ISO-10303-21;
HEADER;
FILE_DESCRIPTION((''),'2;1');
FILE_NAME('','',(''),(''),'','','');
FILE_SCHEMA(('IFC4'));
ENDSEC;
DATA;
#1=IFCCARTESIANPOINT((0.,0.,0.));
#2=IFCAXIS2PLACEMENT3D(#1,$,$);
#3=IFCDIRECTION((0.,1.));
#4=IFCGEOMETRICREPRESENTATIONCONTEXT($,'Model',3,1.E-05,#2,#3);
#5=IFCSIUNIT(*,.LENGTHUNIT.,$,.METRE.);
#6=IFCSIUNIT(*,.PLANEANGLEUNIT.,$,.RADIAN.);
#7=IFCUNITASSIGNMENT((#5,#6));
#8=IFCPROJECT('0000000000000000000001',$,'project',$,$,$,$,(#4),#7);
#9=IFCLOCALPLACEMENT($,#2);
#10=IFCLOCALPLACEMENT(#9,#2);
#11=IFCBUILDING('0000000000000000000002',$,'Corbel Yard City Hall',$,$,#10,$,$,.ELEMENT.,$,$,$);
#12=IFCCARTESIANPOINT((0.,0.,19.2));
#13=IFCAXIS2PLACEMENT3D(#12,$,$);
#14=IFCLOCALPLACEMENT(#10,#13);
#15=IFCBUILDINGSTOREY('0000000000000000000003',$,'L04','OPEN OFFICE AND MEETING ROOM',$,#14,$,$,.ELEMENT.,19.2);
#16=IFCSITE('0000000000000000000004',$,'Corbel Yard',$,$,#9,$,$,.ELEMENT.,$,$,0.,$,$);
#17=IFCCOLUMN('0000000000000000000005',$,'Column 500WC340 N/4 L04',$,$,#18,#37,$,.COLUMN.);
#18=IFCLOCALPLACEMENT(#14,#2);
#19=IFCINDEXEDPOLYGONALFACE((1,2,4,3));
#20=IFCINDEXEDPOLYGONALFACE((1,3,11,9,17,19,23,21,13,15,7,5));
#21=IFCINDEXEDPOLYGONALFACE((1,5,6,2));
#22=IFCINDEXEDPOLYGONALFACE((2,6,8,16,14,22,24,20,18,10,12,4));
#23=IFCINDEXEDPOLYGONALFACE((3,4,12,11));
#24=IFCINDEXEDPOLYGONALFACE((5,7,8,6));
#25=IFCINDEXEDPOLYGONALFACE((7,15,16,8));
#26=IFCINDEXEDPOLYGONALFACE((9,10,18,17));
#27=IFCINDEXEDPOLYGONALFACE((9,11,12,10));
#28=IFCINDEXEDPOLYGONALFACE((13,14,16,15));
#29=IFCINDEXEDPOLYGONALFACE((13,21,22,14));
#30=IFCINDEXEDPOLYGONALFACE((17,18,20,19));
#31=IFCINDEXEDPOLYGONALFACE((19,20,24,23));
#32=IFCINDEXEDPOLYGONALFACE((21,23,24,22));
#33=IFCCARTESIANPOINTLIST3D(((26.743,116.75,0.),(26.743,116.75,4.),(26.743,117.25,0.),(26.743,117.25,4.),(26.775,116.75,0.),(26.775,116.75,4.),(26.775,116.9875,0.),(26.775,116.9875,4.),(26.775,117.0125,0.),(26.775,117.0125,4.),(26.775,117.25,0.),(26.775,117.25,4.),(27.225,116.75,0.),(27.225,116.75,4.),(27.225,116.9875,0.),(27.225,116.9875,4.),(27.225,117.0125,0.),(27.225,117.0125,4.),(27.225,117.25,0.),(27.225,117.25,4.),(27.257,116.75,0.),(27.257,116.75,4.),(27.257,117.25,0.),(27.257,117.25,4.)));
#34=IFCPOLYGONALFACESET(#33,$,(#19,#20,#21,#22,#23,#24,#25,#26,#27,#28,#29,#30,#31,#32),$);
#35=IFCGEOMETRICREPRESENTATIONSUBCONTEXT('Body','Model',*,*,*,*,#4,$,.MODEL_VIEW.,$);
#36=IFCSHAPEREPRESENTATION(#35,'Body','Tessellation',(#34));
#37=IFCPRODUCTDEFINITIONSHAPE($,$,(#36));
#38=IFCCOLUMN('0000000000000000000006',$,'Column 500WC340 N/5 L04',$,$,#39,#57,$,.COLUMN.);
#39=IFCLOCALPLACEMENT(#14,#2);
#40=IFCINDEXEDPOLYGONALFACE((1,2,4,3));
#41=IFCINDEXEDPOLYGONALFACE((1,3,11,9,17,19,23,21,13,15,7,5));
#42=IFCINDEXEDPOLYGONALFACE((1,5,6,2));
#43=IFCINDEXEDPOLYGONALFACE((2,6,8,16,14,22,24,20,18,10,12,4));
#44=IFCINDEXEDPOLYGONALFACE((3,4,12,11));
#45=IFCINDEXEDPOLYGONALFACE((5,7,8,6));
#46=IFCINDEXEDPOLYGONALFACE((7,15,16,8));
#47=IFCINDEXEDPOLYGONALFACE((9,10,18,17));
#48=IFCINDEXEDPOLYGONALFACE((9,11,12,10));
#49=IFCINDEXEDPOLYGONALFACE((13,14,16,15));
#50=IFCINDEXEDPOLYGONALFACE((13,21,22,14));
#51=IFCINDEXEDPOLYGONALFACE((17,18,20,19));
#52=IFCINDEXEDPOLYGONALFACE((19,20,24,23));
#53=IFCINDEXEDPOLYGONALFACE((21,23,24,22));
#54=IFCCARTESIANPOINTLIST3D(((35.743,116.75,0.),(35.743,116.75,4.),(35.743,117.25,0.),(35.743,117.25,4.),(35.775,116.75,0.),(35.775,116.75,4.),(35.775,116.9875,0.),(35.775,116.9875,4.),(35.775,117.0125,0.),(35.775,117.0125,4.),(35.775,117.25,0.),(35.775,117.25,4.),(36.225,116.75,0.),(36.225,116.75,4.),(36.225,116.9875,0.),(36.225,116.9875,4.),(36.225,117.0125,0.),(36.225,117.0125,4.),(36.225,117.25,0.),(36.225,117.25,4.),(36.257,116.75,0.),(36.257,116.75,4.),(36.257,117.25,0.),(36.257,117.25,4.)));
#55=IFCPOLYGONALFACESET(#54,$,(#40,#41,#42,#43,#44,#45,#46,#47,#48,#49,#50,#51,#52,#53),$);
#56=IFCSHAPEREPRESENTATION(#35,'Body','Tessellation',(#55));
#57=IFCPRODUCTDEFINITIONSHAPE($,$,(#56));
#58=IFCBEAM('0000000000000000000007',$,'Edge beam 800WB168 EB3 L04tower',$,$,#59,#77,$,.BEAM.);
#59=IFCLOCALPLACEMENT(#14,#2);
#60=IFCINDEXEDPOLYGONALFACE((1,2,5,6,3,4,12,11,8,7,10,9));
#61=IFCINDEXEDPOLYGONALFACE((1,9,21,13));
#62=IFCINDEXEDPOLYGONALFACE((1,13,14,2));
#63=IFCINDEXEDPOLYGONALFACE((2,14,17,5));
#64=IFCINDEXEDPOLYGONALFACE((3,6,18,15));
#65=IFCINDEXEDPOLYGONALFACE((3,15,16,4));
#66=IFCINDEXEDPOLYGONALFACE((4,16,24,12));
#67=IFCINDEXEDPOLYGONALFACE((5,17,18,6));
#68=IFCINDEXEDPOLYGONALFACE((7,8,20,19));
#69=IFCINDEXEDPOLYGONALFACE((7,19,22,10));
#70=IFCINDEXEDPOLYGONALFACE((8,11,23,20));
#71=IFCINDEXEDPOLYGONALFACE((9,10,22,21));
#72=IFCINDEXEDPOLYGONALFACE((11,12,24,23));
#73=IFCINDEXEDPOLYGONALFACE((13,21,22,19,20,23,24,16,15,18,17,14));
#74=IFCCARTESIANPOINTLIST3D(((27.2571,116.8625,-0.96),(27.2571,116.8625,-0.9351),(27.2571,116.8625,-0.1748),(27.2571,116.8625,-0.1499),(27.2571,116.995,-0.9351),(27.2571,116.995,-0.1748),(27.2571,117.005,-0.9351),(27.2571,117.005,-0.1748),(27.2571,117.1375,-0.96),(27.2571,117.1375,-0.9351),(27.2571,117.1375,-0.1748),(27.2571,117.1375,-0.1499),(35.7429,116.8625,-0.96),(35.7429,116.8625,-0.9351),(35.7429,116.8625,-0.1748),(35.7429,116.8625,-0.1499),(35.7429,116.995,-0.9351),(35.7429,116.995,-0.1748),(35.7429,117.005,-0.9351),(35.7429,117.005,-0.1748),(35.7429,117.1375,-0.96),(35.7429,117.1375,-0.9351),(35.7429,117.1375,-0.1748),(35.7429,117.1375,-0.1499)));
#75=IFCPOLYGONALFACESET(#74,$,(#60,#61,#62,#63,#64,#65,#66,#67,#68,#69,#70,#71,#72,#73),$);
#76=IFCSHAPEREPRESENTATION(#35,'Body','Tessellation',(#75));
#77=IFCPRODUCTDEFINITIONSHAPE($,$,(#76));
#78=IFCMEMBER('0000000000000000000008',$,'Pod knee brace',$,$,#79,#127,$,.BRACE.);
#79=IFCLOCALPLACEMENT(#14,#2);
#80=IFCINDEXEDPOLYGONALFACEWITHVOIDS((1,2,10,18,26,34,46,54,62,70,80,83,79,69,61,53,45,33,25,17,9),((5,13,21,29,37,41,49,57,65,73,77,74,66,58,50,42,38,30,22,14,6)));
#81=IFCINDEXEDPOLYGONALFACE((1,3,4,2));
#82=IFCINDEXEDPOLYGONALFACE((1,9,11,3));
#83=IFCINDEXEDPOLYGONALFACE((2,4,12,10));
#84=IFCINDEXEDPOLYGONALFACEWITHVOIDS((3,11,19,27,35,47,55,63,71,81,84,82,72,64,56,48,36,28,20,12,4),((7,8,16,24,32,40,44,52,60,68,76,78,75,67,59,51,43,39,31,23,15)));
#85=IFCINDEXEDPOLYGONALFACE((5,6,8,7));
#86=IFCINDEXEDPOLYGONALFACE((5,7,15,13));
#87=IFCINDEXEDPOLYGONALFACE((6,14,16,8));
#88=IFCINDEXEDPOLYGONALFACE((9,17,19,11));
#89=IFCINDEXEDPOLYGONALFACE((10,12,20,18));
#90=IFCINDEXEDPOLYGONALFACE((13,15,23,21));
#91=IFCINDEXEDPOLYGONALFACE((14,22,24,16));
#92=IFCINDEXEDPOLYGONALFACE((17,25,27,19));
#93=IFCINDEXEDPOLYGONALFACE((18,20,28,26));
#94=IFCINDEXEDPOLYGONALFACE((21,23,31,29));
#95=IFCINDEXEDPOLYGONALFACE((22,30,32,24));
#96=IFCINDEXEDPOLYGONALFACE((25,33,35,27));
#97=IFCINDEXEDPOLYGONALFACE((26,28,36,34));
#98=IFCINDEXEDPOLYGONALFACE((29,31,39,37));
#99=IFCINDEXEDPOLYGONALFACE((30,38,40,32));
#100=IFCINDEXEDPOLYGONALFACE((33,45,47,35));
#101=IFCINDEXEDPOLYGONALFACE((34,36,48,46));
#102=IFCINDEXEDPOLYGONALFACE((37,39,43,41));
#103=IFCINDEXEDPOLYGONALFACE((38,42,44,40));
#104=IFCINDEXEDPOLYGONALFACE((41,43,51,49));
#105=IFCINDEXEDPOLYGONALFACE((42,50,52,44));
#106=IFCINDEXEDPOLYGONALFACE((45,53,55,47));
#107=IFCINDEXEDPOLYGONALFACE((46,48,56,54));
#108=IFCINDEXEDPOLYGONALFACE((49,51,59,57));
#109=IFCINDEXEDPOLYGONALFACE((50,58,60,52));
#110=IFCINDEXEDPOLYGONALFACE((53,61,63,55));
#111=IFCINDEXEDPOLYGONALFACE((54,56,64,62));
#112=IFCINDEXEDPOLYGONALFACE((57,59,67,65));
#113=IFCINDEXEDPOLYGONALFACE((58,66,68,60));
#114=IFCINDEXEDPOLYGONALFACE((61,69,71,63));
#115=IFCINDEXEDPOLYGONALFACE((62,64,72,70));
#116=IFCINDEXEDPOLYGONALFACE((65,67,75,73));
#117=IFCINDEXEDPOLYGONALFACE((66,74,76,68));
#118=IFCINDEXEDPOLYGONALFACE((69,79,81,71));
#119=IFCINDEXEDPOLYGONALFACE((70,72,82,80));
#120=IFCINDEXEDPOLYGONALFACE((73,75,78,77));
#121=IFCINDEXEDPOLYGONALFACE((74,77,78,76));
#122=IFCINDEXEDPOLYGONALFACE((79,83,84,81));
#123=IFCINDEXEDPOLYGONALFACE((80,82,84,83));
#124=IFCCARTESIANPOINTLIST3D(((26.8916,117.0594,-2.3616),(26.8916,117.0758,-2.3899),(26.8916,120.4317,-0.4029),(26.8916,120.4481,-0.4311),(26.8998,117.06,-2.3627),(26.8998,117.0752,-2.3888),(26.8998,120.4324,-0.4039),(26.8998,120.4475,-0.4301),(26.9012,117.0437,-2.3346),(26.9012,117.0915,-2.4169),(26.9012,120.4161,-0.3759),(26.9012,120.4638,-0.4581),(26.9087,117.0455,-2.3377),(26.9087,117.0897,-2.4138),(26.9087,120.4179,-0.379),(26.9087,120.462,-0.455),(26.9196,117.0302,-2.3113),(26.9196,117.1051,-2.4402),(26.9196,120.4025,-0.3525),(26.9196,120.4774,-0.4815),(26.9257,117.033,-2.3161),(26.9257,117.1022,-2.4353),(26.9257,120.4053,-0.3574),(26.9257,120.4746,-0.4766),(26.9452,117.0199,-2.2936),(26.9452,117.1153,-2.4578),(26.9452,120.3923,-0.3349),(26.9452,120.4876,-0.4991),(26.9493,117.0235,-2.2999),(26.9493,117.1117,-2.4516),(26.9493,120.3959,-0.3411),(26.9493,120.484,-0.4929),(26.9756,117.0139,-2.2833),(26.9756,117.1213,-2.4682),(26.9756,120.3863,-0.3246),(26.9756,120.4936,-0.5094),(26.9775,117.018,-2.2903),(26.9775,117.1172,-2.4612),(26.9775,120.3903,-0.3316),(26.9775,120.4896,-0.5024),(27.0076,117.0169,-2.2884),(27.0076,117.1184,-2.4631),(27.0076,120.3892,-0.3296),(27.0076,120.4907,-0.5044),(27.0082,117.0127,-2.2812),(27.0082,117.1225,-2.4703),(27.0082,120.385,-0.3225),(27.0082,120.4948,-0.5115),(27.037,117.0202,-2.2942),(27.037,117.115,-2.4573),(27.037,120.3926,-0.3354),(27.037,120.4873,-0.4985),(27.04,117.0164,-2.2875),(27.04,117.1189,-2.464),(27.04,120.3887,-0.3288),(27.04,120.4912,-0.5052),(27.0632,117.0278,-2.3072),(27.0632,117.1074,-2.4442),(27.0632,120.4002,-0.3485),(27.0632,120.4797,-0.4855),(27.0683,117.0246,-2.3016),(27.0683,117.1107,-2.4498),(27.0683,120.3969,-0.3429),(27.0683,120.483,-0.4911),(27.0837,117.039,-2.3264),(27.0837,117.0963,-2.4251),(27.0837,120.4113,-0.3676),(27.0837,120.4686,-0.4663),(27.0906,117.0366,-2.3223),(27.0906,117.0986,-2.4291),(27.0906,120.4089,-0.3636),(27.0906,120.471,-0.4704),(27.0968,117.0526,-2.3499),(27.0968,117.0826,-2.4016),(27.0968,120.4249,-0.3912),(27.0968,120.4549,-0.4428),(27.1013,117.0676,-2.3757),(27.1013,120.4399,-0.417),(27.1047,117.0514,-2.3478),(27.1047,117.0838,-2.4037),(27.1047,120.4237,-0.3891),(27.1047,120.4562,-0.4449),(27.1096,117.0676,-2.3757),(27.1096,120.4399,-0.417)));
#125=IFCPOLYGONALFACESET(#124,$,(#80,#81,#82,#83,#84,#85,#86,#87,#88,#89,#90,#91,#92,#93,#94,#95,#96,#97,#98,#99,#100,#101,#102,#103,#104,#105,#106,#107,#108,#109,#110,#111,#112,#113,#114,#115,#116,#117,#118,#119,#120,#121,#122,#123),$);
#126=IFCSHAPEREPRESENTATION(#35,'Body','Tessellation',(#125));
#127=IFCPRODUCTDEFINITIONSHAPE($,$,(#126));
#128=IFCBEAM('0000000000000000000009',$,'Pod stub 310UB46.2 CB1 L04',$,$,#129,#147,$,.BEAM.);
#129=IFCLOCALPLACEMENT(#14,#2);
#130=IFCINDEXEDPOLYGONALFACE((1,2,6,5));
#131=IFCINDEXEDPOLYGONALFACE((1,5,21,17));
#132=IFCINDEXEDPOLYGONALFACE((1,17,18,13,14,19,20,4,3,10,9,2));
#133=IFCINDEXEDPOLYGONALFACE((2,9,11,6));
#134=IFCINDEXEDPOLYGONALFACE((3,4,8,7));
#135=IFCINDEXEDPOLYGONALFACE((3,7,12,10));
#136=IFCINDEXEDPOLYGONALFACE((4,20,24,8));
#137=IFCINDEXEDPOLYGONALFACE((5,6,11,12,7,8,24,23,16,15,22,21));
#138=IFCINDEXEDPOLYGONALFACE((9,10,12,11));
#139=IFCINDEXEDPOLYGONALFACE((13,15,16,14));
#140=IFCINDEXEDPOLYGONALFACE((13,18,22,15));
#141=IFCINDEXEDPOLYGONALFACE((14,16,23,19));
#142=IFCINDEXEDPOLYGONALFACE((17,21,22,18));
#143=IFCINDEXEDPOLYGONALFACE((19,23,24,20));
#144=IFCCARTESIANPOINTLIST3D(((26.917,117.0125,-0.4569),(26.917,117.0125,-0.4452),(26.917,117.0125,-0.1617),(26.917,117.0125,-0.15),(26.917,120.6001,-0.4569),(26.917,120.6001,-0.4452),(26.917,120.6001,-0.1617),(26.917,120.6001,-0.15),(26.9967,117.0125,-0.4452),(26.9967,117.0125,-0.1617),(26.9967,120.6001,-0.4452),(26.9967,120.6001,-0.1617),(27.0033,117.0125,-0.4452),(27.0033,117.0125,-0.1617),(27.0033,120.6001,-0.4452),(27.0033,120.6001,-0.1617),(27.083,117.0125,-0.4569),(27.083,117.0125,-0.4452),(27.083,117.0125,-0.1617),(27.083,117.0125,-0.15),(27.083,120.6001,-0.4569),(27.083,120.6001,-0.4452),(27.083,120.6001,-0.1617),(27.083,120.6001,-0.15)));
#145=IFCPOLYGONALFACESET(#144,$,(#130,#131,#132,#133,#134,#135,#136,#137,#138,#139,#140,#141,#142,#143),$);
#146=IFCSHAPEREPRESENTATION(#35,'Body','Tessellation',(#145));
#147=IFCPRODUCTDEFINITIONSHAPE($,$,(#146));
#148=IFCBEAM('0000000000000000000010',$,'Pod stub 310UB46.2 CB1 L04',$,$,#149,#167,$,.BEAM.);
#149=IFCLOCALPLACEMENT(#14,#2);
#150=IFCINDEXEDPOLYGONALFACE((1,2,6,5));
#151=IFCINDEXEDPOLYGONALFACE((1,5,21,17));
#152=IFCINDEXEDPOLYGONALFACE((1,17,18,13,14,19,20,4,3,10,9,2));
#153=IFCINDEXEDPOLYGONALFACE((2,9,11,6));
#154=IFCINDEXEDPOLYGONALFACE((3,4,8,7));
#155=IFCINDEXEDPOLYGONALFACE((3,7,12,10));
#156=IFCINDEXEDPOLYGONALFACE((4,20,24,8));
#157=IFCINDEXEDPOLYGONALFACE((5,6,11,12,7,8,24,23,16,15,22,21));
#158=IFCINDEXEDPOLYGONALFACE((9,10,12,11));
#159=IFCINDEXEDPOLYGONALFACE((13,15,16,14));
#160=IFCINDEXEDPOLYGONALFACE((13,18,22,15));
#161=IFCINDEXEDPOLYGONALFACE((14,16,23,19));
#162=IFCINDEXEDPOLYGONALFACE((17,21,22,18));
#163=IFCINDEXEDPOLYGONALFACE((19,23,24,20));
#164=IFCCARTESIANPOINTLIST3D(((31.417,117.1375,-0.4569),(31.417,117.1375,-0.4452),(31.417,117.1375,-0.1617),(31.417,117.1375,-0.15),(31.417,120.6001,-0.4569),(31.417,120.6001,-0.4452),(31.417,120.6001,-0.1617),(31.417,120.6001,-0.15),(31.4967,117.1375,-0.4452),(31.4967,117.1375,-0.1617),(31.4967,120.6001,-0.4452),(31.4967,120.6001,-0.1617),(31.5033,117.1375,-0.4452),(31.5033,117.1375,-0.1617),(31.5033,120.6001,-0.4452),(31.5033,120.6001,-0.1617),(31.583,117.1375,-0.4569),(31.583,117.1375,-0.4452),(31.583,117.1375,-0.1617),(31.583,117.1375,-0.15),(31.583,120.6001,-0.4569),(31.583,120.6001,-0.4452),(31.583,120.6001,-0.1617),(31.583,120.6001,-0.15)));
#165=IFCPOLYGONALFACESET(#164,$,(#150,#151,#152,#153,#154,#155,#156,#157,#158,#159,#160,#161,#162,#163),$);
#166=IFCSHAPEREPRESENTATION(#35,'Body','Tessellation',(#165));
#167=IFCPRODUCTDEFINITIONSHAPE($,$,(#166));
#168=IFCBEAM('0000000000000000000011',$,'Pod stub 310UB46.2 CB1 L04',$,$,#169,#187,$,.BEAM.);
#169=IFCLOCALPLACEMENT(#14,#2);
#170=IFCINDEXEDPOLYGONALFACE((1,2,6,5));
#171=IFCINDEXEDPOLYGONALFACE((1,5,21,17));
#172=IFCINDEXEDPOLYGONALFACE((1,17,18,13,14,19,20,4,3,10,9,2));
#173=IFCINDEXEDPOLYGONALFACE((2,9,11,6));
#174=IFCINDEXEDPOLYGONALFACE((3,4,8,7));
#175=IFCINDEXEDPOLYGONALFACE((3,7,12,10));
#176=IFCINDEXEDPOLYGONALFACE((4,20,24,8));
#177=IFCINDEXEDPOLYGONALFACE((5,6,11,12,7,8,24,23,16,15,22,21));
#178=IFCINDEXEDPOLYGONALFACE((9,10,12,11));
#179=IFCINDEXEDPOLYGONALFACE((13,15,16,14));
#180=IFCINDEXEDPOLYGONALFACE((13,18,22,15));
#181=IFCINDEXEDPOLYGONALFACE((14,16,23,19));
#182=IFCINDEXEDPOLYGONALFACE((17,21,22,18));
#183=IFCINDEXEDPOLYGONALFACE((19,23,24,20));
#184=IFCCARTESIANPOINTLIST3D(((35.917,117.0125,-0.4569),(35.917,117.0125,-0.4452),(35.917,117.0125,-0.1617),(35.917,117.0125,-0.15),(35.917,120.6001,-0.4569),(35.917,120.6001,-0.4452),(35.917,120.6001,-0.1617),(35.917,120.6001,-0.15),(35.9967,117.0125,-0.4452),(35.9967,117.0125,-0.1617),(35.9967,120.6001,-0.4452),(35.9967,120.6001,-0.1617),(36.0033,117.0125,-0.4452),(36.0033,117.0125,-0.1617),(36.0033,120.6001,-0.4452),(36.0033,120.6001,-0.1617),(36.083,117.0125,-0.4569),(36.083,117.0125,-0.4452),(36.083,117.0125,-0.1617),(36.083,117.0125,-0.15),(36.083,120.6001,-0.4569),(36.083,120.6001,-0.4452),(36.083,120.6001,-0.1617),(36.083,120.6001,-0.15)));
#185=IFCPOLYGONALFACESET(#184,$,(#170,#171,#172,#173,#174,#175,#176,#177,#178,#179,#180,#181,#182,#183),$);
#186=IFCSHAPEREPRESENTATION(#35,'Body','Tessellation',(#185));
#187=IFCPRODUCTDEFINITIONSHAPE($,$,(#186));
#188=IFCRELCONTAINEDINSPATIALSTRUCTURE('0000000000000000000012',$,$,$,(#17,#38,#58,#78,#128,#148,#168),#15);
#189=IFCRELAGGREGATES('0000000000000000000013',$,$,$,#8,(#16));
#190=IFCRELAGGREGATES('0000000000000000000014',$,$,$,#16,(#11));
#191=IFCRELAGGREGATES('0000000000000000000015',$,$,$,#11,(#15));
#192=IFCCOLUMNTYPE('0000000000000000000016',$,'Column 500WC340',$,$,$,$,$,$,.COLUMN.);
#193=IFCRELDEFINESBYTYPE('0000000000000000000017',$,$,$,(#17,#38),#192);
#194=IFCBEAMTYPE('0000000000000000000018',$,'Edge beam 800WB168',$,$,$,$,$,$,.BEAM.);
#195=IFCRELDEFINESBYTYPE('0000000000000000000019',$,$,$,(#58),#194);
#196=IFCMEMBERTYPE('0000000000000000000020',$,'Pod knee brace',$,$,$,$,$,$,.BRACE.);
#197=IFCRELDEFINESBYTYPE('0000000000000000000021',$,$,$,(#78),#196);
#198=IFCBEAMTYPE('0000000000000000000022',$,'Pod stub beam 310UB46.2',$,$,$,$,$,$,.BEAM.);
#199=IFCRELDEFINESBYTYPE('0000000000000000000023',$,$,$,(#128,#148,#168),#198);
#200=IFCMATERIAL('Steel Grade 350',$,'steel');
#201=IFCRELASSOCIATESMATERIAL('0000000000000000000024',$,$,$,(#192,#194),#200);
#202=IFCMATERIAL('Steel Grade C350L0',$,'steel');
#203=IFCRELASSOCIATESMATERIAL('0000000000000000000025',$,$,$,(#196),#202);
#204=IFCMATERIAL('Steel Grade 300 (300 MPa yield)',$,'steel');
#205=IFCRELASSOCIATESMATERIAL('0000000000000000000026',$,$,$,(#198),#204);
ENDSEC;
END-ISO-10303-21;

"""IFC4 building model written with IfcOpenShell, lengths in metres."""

from ifc_helpers import new_model, si_unit, direction, frame, origin, origin_2d, place, context, subcontext, project, spatial, hollow_circle, i_section, extrude, material, material_profile, profile_set, type_object, element, save


model = new_model("IFC4")

# Units and contexts
model_context = context("Model", 3, precision=1e-05, world=origin(), true_north=direction((0.0, 1.0)))
body_context = subcontext(model_context, "Body", "Model", "MODEL_VIEW")
ifc_project = project(units=[si_unit("LENGTHUNIT", "METRE"), si_unit("PLANEANGLEUNIT", "RADIAN")], contexts=[model_context])

# Site, building, storey
site_placement = place(None, origin())
site = spatial("IfcSite", under=ifc_project, at=site_placement, Name="Corbel Yard", CompositionType="ELEMENT", RefElevation=0.0)
building_placement = place(site_placement, origin())
building = spatial("IfcBuilding", under=site, at=building_placement, Name="Corbel Yard City Hall", CompositionType="ELEMENT")
storey_placement = place(building_placement, frame((0.0, 0.0, 19.2)))
storey = spatial("IfcBuildingStorey", under=building, at=storey_placement, Name="L04", Description="OPEN OFFICE AND MEETING ROOM", CompositionType="ELEMENT", Elevation=19.2)

# Columns
ifc_material_1 = material(Name="Steel Grade 350", Category="steel")
ifc_material_profile_1 = material_profile(ifc_material_1, i_section(OverallWidth=0.5, OverallDepth=0.5139, WebThickness=0.0249, FlangeThickness=0.032, at=origin_2d()), Name="500WC340")
ifc_profile_set_1 = profile_set([ifc_material_profile_1], Name="Steel Grade 350")
column_type = type_object("IfcColumnType", Name="Column 500WC340", PredefinedType="COLUMN", material=ifc_profile_set_1)
for number, where, z_axis, x_axis, name in (
    (1, (27.0, 117.0, 0.0), (0.0, 0.0, 1.0), (0.0, 1.0, 0.0), "Column 500WC340 N/4 L04"),
    (2, (36.0, 117.0, 0.0), (0.0, 0.0, 1.0), (0.0, 1.0, 0.0), "Column 500WC340 N/5 L04"),
):
    element("IfcColumn", number, at=place(storey_placement, frame(where, z_axis=z_axis, x_axis=x_axis)), inside=storey, type_object=column_type, Name=name, PredefinedType="COLUMN", context=body_context, shape_type="SweptSolid", body=[
        extrude(i_section(OverallWidth=0.5, OverallDepth=0.5139, WebThickness=0.0249, FlangeThickness=0.032, at=origin_2d()), origin(), (0.0, 0.0, 1.0), 4.0),
    ])

# Beam
ifc_material_profile_2 = material_profile(ifc_material_1, i_section(OverallWidth=0.2749, OverallDepth=0.8101, WebThickness=0.01, FlangeThickness=0.0249, at=origin_2d()), Name="800WB168")
ifc_profile_set_2 = profile_set([ifc_material_profile_2], Name="Steel Grade 350")
beam_type_1 = type_object("IfcBeamType", Name="Edge beam 800WB168", PredefinedType="BEAM", material=ifc_profile_set_2)
beam_1_placement = place(storey_placement, frame((27.2571, 117.0, -0.5549), z_axis=(1.0, 0.0, 0.0), x_axis=(0.0, 1.0, 0.0)))
element("IfcBeam", 3, at=beam_1_placement, inside=storey, type_object=beam_type_1, Name="Edge beam 800WB168 EB3 L04tower", PredefinedType="BEAM", context=body_context, shape_type="SweptSolid", body=[
    extrude(i_section(OverallWidth=0.2749, OverallDepth=0.8101, WebThickness=0.01, FlangeThickness=0.0249, at=origin_2d()), origin(), (0.0, 0.0, 1.0), 8.4858),
])

# Member
ifc_material_2 = material(Name="Steel Grade C350L0", Category="steel")
ifc_material_profile_3 = material_profile(ifc_material_2, hollow_circle(Radius=0.1096, WallThickness=0.0083, at=origin_2d()), Name="219.1x8.2CHS")
ifc_profile_set_3 = profile_set([ifc_material_profile_3], Name="Steel Grade C350L0")
member_type = type_object("IfcMemberType", Name="Pod knee brace", PredefinedType="BRACE", material=ifc_profile_set_3)
member_placement = place(storey_placement, frame((27.0, 120.4399, -0.417), z_axis=(0.0, -0.86472, -0.502255), x_axis=(1.0, 0.0, 0.0)))
element("IfcMember", 4, at=member_placement, inside=storey, type_object=member_type, Name="Pod knee brace", PredefinedType="BRACE", context=body_context, shape_type="SweptSolid", body=[
    extrude(hollow_circle(Radius=0.1096, WallThickness=0.0083, at=origin_2d()), origin(), (0.0, 0.0, 1.0), 3.8999),
])

# Beams
ifc_material_3 = material(Name="Steel Grade 300 (300 MPa yield)", Category="steel")
ifc_material_profile_4 = material_profile(ifc_material_3, i_section(OverallWidth=0.166, OverallDepth=0.3069, WebThickness=0.0066, FlangeThickness=0.0117, at=origin_2d()), Name="310UB46.2")
ifc_profile_set_4 = profile_set([ifc_material_profile_4], Name="Steel Grade 300 (300 MPa yield)")
beam_type_2 = type_object("IfcBeamType", Name="Pod stub beam 310UB46.2", PredefinedType="BEAM", material=ifc_profile_set_4)
beam_2_placement = place(storey_placement, frame((27.0, 117.0125, -0.3035), z_axis=(0.0, 1.0, 0.0), x_axis=(-1.0, 0.0, 0.0)))
element("IfcBeam", 5, at=beam_2_placement, inside=storey, type_object=beam_type_2, Name="Pod stub 310UB46.2 CB1 L04", PredefinedType="BEAM", context=body_context, shape_type="SweptSolid", body=[
    extrude(i_section(OverallWidth=0.166, OverallDepth=0.3069, WebThickness=0.0066, FlangeThickness=0.0117, at=origin_2d()), origin(), (0.0, 0.0, 1.0), 3.5876),
])
beam_3_placement = place(storey_placement, frame((31.5, 117.1375, -0.3035), z_axis=(0.0, 1.0, 0.0), x_axis=(-1.0, 0.0, 0.0)))
element("IfcBeam", 6, at=beam_3_placement, inside=storey, type_object=beam_type_2, Name="Pod stub 310UB46.2 CB1 L04", PredefinedType="BEAM", context=body_context, shape_type="SweptSolid", body=[
    extrude(i_section(OverallWidth=0.166, OverallDepth=0.3069, WebThickness=0.0066, FlangeThickness=0.0117, at=origin_2d()), origin(), (0.0, 0.0, 1.0), 3.4626),
])
beam_4_placement = place(storey_placement, frame((36.0, 117.0125, -0.3035), z_axis=(0.0, 1.0, 0.0), x_axis=(-1.0, 0.0, 0.0)))
element("IfcBeam", 7, at=beam_4_placement, inside=storey, type_object=beam_type_2, Name="Pod stub 310UB46.2 CB1 L04", PredefinedType="BEAM", context=body_context, shape_type="SweptSolid", body=[
    extrude(i_section(OverallWidth=0.166, OverallDepth=0.3069, WebThickness=0.0066, FlangeThickness=0.0117, at=origin_2d()), origin(), (0.0, 0.0, 1.0), 3.5876),
])

save(model, "model.ifc")
